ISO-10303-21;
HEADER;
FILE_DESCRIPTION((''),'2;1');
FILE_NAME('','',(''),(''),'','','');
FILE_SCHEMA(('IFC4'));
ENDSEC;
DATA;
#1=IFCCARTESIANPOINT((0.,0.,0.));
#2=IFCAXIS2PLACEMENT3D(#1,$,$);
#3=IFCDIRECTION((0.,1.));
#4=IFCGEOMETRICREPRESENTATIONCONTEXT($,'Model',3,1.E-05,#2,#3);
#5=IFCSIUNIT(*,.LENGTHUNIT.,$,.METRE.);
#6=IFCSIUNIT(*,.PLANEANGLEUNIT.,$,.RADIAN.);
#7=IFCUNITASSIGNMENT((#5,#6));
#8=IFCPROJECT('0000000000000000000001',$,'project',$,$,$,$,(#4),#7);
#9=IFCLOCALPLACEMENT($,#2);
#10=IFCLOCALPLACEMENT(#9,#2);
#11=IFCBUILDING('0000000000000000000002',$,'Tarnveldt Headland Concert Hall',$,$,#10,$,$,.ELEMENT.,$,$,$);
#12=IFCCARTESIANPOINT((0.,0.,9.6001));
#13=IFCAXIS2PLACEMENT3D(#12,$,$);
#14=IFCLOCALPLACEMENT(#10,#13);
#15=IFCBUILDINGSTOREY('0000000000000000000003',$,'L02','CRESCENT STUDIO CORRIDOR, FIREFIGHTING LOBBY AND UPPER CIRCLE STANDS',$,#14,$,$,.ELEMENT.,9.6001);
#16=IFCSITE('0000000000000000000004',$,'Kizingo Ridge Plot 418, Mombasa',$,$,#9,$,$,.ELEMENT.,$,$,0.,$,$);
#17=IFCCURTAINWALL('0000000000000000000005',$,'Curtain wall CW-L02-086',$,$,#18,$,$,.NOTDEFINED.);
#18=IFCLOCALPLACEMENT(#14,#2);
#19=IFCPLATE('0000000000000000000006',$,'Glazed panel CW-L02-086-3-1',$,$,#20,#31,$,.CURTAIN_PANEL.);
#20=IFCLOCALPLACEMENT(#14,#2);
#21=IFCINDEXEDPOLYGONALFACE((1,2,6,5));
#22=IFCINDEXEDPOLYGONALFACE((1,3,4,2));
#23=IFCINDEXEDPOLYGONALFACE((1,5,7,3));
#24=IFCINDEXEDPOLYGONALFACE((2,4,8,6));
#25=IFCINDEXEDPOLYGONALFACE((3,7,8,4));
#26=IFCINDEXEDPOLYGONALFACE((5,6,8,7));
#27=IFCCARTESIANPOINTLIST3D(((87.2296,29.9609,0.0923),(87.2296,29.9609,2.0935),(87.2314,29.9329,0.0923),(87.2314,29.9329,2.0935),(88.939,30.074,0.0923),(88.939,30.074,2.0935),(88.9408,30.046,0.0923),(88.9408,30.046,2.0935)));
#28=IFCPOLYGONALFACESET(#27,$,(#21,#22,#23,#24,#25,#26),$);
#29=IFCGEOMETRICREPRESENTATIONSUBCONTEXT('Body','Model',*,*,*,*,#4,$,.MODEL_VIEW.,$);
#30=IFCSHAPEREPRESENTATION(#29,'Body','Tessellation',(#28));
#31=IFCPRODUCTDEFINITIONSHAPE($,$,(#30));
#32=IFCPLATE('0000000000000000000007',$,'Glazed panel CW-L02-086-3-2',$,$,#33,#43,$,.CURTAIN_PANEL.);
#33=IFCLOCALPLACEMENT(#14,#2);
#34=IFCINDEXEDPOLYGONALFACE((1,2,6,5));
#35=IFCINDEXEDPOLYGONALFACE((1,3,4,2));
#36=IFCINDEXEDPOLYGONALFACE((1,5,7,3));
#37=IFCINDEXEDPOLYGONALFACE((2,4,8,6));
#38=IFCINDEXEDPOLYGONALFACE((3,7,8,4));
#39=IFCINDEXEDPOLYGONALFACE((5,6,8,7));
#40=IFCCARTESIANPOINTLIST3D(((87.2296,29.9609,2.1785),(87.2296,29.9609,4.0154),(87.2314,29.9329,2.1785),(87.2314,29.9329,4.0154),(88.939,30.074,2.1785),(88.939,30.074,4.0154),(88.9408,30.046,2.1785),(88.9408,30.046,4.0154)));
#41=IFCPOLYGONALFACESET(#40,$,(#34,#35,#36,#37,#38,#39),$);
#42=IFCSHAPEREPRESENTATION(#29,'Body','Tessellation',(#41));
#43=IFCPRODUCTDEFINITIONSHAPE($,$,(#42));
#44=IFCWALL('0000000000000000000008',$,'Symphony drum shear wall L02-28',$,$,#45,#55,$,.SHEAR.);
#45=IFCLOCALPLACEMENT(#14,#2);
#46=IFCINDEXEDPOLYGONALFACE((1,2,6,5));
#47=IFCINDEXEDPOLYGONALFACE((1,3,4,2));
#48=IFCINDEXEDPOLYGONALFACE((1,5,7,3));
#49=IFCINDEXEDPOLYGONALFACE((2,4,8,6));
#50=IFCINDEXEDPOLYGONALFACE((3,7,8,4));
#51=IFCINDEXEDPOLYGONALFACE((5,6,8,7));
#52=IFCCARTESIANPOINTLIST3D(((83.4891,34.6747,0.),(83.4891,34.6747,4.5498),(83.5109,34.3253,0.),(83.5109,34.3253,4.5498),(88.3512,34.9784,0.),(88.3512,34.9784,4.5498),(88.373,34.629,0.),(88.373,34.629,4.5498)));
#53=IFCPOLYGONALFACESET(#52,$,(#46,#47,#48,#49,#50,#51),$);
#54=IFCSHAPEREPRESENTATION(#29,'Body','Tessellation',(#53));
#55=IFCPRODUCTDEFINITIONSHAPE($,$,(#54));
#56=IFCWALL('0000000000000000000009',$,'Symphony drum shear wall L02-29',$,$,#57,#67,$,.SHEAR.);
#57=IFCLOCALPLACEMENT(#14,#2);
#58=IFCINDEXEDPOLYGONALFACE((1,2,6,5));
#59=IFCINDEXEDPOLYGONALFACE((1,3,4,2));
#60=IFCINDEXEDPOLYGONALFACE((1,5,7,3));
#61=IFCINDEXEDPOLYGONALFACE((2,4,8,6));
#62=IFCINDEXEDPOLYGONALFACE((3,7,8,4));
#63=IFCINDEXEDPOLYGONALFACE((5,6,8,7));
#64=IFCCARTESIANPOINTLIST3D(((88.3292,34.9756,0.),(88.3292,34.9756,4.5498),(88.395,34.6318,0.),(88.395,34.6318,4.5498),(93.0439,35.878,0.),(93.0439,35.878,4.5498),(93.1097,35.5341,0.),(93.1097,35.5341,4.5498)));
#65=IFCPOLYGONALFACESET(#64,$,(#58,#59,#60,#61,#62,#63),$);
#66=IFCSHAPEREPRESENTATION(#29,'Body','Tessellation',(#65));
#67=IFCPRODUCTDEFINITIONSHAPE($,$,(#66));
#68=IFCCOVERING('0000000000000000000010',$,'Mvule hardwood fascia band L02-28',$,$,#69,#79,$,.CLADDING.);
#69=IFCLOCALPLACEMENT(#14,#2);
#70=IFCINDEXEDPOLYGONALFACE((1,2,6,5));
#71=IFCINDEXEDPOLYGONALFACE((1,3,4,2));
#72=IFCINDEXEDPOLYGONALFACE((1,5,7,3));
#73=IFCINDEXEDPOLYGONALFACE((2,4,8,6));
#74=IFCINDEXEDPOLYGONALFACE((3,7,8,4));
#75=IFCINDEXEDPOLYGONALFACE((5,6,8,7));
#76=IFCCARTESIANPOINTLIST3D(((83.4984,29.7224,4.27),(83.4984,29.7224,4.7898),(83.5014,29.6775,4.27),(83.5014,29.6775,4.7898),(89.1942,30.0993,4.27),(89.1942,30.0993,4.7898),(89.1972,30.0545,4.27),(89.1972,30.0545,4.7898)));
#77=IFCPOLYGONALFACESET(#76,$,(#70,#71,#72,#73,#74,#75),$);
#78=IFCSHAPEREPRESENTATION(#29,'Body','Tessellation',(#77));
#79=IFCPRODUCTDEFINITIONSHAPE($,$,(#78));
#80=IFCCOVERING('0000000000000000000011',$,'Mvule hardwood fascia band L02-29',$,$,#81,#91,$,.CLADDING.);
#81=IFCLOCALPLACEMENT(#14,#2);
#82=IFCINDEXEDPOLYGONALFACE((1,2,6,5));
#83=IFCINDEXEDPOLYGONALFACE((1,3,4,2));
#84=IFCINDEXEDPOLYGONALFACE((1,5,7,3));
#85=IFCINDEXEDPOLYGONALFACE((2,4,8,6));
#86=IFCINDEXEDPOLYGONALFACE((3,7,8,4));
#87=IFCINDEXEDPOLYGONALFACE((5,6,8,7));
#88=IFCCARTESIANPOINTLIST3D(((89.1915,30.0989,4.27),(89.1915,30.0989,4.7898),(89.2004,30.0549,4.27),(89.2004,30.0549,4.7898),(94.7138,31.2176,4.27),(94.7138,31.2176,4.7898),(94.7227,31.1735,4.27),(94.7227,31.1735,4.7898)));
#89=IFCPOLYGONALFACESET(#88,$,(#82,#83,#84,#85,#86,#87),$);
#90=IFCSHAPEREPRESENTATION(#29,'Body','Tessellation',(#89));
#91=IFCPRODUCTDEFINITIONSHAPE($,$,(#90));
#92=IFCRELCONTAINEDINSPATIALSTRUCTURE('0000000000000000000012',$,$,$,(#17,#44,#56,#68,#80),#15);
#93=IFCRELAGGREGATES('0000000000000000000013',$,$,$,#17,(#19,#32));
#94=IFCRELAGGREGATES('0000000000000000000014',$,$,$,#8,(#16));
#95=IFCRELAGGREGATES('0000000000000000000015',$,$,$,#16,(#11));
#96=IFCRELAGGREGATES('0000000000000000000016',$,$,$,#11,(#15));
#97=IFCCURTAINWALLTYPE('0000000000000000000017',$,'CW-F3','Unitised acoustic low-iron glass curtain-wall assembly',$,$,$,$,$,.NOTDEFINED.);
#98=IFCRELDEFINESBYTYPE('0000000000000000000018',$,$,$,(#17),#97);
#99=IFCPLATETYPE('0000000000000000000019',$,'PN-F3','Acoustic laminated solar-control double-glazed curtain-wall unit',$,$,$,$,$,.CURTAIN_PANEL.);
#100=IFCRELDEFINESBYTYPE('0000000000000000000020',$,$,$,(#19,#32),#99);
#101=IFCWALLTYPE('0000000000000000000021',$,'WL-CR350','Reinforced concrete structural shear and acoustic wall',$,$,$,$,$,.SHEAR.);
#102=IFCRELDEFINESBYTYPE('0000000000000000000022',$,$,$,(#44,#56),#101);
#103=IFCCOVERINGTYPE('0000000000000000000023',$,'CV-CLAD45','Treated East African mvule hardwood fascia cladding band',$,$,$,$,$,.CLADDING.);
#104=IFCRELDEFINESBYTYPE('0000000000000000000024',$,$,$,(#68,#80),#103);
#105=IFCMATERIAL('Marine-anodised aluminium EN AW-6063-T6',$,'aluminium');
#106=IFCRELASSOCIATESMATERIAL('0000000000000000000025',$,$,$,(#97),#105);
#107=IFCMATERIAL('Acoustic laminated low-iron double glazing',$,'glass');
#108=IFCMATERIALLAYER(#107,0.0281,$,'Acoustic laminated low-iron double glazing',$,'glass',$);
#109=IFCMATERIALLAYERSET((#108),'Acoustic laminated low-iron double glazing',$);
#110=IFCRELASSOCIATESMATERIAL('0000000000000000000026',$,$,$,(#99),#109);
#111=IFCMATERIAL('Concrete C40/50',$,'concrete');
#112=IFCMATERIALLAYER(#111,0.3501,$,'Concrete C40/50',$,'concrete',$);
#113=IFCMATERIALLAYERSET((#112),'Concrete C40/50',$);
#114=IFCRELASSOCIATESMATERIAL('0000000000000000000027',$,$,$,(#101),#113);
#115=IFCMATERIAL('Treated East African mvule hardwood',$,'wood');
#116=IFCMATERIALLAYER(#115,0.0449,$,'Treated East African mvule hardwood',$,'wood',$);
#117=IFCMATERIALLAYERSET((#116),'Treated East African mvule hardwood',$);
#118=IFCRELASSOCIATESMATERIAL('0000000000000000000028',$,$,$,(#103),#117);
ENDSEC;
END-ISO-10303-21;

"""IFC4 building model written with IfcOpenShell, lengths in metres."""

from ifc_helpers import new_model, si_unit, direction, frame, frame_2d, origin, origin_2d, place, context, subcontext, project, spatial, rectangle, extrude, material, layer, layer_set, type_object, element, aggregate, save


model = new_model("IFC4")

# Units and contexts
model_context = context("Model", 3, precision=1e-05, world=origin(), true_north=direction((0.0, 1.0)))
body_context = subcontext(model_context, "Body", "Model", "MODEL_VIEW")
ifc_project = project(units=[si_unit("LENGTHUNIT", "METRE"), si_unit("PLANEANGLEUNIT", "RADIAN")], contexts=[model_context])

# Site, building, storey
site_placement = place(None, origin())
site = spatial("IfcSite", under=ifc_project, at=site_placement, Name="Kizingo Ridge Plot 418, Mombasa", CompositionType="ELEMENT", RefElevation=0.0)
building_placement = place(site_placement, origin())
building = spatial("IfcBuilding", under=site, at=building_placement, Name="Tarnveldt Headland Concert Hall", CompositionType="ELEMENT")
storey_placement = place(building_placement, frame((0.0, 0.0, 9.6001)))
storey = spatial("IfcBuildingStorey", under=building, at=storey_placement, Name="L02", Description="CRESCENT STUDIO CORRIDOR, FIREFIGHTING LOBBY AND UPPER CIRCLE STANDS", CompositionType="ELEMENT", Elevation=9.6001)

# Shared definitions
ifc_material_1 = material(Name="Concrete C40/50", Category="concrete")

# Shared definitions
ifc_material_2 = material(Name="Marine-anodised aluminium EN AW-6063-T6", Category="aluminium")
curtain_wall_type = type_object("IfcCurtainWallType", Name="CW-F3", Description="Unitised acoustic low-iron glass curtain-wall assembly", PredefinedType="NOTDEFINED", material=ifc_material_2)

# Curtain wall
curtain_wall_1_placement = place(storey_placement, origin())
curtain_wall_1 = element("IfcCurtainWall", 1, at=curtain_wall_1_placement, inside=storey, type_object=curtain_wall_type, Name="Curtain wall CW-L02-086", PredefinedType="NOTDEFINED")

# Plates
ifc_material_3 = material(Name="Acoustic laminated low-iron double glazing", Category="glass")
ifc_layer_1 = layer(ifc_material_3, 0.0281, Name="Acoustic laminated low-iron double glazing", Category="glass")
ifc_layer_set_1 = layer_set([ifc_layer_1], Name="Acoustic laminated low-iron double glazing")
plate_type_1 = type_object("IfcPlateType", Name="PN-F3", Description="Acoustic laminated solar-control double-glazed curtain-wall unit", PredefinedType="CURTAIN_PANEL", material=ifc_layer_set_1)
plate_1_placement = place(storey_placement, frame((88.0852, 30.0034, 0.0923), z_axis=(0.0, 0.0, 1.0), x_axis=(0.997818, 0.06603, 0.0)))
plate_1 = element("IfcPlate", 2, at=plate_1_placement, type_object=plate_type_1, Name="Glazed panel CW-L02-086-3-1", PredefinedType="CURTAIN_PANEL", context=body_context, shape_type="SweptSolid", body=[
    extrude(rectangle(XDim=1.7131, YDim=0.0281, at=origin_2d()), origin(), (0.0, 0.0, 1.0), 2.0012),
])
plate_2_placement = place(storey_placement, frame((88.0852, 30.0034, 2.1785), z_axis=(0.0, 0.0, 1.0), x_axis=(0.997818, 0.06603, 0.0)))
plate_2 = element("IfcPlate", 3, at=plate_2_placement, type_object=plate_type_1, Name="Glazed panel CW-L02-086-3-2", PredefinedType="CURTAIN_PANEL", context=body_context, shape_type="SweptSolid", body=[
    extrude(rectangle(XDim=1.7131, YDim=0.0281, at=origin_2d()), origin(), (0.0, 0.0, 1.0), 1.8369),
])
aggregate(curtain_wall_1, [plate_1, plate_2])

# Walls
ifc_layer_2 = layer(ifc_material_1, 0.3501, Name="Concrete C40/50", Category="concrete")
ifc_layer_set_2 = layer_set([ifc_layer_2], Name="Concrete C40/50")
wall_type = type_object("IfcWallType", Name="WL-CR350", Description="Reinforced concrete structural shear and acoustic wall", PredefinedType="SHEAR", material=ifc_layer_set_2)
wall_1_placement = place(storey_placement, frame((83.5, 34.5, 0.0), z_axis=(0.0, 0.0, 1.0), x_axis=(0.998055, 0.062344, 0.0)))
element("IfcWall", 4, at=wall_1_placement, inside=storey, type_object=wall_type, Name="Symphony drum shear wall L02-28", PredefinedType="SHEAR", context=body_context, shape_type="SweptSolid", body=[
    extrude(rectangle(XDim=4.8716, YDim=0.3501, at=frame_2d((2.4358, 0.0))), origin(), (0.0, 0.0, 1.0), 4.5498),
])
wall_2_placement = place(storey_placement, frame((88.3621, 34.8037, 0.0), z_axis=(0.0, 0.0, 1.0), x_axis=(0.982173, 0.187981, 0.0)))
element("IfcWall", 5, at=wall_2_placement, inside=storey, type_object=wall_type, Name="Symphony drum shear wall L02-29", PredefinedType="SHEAR", context=body_context, shape_type="SweptSolid", body=[
    extrude(rectangle(XDim=4.8003, YDim=0.3501, at=frame_2d((2.4001, 0.0))), origin(), (0.0, 0.0, 1.0), 4.5498),
])

# Coverings
ifc_material_4 = material(Name="Treated East African mvule hardwood", Category="wood")
ifc_layer_3 = layer(ifc_material_4, 0.0449, Name="Treated East African mvule hardwood", Category="wood")
ifc_layer_set_3 = layer_set([ifc_layer_3], Name="Treated East African mvule hardwood")
covering_type = type_object("IfcCoveringType", Name="CV-CLAD45", Description="Treated East African mvule hardwood fascia cladding band", PredefinedType="CLADDING", material=ifc_layer_set_3)
covering_1_placement = place(storey_placement, frame((83.5, 29.7, 4.27), z_axis=(0.0, 0.0, 1.0), x_axis=(0.997817, 0.066036, 0.0)))
element("IfcCovering", 6, at=covering_1_placement, inside=storey, type_object=covering_type, Name="Mvule hardwood fascia band L02-28", PredefinedType="CLADDING", context=body_context, shape_type="SweptSolid", body=[
    extrude(rectangle(XDim=5.7083, YDim=0.0449, at=frame_2d((2.854, 0.0))), origin(), (0.0, 0.0, 1.0), 0.5198),
])
covering_2_placement = place(storey_placement, frame((89.1958, 30.0769, 4.27), z_axis=(0.0, 0.0, 1.0), x_axis=(0.980094, 0.198532, 0.0)))
element("IfcCovering", 7, at=covering_2_placement, inside=storey, type_object=covering_type, Name="Mvule hardwood fascia band L02-29", PredefinedType="CLADDING", context=body_context, shape_type="SweptSolid", body=[
    extrude(rectangle(XDim=5.6345, YDim=0.0449, at=frame_2d((2.8174, 0.0))), origin(), (0.0, 0.0, 1.0), 0.5198),
])

save(model, "model.ifc")
